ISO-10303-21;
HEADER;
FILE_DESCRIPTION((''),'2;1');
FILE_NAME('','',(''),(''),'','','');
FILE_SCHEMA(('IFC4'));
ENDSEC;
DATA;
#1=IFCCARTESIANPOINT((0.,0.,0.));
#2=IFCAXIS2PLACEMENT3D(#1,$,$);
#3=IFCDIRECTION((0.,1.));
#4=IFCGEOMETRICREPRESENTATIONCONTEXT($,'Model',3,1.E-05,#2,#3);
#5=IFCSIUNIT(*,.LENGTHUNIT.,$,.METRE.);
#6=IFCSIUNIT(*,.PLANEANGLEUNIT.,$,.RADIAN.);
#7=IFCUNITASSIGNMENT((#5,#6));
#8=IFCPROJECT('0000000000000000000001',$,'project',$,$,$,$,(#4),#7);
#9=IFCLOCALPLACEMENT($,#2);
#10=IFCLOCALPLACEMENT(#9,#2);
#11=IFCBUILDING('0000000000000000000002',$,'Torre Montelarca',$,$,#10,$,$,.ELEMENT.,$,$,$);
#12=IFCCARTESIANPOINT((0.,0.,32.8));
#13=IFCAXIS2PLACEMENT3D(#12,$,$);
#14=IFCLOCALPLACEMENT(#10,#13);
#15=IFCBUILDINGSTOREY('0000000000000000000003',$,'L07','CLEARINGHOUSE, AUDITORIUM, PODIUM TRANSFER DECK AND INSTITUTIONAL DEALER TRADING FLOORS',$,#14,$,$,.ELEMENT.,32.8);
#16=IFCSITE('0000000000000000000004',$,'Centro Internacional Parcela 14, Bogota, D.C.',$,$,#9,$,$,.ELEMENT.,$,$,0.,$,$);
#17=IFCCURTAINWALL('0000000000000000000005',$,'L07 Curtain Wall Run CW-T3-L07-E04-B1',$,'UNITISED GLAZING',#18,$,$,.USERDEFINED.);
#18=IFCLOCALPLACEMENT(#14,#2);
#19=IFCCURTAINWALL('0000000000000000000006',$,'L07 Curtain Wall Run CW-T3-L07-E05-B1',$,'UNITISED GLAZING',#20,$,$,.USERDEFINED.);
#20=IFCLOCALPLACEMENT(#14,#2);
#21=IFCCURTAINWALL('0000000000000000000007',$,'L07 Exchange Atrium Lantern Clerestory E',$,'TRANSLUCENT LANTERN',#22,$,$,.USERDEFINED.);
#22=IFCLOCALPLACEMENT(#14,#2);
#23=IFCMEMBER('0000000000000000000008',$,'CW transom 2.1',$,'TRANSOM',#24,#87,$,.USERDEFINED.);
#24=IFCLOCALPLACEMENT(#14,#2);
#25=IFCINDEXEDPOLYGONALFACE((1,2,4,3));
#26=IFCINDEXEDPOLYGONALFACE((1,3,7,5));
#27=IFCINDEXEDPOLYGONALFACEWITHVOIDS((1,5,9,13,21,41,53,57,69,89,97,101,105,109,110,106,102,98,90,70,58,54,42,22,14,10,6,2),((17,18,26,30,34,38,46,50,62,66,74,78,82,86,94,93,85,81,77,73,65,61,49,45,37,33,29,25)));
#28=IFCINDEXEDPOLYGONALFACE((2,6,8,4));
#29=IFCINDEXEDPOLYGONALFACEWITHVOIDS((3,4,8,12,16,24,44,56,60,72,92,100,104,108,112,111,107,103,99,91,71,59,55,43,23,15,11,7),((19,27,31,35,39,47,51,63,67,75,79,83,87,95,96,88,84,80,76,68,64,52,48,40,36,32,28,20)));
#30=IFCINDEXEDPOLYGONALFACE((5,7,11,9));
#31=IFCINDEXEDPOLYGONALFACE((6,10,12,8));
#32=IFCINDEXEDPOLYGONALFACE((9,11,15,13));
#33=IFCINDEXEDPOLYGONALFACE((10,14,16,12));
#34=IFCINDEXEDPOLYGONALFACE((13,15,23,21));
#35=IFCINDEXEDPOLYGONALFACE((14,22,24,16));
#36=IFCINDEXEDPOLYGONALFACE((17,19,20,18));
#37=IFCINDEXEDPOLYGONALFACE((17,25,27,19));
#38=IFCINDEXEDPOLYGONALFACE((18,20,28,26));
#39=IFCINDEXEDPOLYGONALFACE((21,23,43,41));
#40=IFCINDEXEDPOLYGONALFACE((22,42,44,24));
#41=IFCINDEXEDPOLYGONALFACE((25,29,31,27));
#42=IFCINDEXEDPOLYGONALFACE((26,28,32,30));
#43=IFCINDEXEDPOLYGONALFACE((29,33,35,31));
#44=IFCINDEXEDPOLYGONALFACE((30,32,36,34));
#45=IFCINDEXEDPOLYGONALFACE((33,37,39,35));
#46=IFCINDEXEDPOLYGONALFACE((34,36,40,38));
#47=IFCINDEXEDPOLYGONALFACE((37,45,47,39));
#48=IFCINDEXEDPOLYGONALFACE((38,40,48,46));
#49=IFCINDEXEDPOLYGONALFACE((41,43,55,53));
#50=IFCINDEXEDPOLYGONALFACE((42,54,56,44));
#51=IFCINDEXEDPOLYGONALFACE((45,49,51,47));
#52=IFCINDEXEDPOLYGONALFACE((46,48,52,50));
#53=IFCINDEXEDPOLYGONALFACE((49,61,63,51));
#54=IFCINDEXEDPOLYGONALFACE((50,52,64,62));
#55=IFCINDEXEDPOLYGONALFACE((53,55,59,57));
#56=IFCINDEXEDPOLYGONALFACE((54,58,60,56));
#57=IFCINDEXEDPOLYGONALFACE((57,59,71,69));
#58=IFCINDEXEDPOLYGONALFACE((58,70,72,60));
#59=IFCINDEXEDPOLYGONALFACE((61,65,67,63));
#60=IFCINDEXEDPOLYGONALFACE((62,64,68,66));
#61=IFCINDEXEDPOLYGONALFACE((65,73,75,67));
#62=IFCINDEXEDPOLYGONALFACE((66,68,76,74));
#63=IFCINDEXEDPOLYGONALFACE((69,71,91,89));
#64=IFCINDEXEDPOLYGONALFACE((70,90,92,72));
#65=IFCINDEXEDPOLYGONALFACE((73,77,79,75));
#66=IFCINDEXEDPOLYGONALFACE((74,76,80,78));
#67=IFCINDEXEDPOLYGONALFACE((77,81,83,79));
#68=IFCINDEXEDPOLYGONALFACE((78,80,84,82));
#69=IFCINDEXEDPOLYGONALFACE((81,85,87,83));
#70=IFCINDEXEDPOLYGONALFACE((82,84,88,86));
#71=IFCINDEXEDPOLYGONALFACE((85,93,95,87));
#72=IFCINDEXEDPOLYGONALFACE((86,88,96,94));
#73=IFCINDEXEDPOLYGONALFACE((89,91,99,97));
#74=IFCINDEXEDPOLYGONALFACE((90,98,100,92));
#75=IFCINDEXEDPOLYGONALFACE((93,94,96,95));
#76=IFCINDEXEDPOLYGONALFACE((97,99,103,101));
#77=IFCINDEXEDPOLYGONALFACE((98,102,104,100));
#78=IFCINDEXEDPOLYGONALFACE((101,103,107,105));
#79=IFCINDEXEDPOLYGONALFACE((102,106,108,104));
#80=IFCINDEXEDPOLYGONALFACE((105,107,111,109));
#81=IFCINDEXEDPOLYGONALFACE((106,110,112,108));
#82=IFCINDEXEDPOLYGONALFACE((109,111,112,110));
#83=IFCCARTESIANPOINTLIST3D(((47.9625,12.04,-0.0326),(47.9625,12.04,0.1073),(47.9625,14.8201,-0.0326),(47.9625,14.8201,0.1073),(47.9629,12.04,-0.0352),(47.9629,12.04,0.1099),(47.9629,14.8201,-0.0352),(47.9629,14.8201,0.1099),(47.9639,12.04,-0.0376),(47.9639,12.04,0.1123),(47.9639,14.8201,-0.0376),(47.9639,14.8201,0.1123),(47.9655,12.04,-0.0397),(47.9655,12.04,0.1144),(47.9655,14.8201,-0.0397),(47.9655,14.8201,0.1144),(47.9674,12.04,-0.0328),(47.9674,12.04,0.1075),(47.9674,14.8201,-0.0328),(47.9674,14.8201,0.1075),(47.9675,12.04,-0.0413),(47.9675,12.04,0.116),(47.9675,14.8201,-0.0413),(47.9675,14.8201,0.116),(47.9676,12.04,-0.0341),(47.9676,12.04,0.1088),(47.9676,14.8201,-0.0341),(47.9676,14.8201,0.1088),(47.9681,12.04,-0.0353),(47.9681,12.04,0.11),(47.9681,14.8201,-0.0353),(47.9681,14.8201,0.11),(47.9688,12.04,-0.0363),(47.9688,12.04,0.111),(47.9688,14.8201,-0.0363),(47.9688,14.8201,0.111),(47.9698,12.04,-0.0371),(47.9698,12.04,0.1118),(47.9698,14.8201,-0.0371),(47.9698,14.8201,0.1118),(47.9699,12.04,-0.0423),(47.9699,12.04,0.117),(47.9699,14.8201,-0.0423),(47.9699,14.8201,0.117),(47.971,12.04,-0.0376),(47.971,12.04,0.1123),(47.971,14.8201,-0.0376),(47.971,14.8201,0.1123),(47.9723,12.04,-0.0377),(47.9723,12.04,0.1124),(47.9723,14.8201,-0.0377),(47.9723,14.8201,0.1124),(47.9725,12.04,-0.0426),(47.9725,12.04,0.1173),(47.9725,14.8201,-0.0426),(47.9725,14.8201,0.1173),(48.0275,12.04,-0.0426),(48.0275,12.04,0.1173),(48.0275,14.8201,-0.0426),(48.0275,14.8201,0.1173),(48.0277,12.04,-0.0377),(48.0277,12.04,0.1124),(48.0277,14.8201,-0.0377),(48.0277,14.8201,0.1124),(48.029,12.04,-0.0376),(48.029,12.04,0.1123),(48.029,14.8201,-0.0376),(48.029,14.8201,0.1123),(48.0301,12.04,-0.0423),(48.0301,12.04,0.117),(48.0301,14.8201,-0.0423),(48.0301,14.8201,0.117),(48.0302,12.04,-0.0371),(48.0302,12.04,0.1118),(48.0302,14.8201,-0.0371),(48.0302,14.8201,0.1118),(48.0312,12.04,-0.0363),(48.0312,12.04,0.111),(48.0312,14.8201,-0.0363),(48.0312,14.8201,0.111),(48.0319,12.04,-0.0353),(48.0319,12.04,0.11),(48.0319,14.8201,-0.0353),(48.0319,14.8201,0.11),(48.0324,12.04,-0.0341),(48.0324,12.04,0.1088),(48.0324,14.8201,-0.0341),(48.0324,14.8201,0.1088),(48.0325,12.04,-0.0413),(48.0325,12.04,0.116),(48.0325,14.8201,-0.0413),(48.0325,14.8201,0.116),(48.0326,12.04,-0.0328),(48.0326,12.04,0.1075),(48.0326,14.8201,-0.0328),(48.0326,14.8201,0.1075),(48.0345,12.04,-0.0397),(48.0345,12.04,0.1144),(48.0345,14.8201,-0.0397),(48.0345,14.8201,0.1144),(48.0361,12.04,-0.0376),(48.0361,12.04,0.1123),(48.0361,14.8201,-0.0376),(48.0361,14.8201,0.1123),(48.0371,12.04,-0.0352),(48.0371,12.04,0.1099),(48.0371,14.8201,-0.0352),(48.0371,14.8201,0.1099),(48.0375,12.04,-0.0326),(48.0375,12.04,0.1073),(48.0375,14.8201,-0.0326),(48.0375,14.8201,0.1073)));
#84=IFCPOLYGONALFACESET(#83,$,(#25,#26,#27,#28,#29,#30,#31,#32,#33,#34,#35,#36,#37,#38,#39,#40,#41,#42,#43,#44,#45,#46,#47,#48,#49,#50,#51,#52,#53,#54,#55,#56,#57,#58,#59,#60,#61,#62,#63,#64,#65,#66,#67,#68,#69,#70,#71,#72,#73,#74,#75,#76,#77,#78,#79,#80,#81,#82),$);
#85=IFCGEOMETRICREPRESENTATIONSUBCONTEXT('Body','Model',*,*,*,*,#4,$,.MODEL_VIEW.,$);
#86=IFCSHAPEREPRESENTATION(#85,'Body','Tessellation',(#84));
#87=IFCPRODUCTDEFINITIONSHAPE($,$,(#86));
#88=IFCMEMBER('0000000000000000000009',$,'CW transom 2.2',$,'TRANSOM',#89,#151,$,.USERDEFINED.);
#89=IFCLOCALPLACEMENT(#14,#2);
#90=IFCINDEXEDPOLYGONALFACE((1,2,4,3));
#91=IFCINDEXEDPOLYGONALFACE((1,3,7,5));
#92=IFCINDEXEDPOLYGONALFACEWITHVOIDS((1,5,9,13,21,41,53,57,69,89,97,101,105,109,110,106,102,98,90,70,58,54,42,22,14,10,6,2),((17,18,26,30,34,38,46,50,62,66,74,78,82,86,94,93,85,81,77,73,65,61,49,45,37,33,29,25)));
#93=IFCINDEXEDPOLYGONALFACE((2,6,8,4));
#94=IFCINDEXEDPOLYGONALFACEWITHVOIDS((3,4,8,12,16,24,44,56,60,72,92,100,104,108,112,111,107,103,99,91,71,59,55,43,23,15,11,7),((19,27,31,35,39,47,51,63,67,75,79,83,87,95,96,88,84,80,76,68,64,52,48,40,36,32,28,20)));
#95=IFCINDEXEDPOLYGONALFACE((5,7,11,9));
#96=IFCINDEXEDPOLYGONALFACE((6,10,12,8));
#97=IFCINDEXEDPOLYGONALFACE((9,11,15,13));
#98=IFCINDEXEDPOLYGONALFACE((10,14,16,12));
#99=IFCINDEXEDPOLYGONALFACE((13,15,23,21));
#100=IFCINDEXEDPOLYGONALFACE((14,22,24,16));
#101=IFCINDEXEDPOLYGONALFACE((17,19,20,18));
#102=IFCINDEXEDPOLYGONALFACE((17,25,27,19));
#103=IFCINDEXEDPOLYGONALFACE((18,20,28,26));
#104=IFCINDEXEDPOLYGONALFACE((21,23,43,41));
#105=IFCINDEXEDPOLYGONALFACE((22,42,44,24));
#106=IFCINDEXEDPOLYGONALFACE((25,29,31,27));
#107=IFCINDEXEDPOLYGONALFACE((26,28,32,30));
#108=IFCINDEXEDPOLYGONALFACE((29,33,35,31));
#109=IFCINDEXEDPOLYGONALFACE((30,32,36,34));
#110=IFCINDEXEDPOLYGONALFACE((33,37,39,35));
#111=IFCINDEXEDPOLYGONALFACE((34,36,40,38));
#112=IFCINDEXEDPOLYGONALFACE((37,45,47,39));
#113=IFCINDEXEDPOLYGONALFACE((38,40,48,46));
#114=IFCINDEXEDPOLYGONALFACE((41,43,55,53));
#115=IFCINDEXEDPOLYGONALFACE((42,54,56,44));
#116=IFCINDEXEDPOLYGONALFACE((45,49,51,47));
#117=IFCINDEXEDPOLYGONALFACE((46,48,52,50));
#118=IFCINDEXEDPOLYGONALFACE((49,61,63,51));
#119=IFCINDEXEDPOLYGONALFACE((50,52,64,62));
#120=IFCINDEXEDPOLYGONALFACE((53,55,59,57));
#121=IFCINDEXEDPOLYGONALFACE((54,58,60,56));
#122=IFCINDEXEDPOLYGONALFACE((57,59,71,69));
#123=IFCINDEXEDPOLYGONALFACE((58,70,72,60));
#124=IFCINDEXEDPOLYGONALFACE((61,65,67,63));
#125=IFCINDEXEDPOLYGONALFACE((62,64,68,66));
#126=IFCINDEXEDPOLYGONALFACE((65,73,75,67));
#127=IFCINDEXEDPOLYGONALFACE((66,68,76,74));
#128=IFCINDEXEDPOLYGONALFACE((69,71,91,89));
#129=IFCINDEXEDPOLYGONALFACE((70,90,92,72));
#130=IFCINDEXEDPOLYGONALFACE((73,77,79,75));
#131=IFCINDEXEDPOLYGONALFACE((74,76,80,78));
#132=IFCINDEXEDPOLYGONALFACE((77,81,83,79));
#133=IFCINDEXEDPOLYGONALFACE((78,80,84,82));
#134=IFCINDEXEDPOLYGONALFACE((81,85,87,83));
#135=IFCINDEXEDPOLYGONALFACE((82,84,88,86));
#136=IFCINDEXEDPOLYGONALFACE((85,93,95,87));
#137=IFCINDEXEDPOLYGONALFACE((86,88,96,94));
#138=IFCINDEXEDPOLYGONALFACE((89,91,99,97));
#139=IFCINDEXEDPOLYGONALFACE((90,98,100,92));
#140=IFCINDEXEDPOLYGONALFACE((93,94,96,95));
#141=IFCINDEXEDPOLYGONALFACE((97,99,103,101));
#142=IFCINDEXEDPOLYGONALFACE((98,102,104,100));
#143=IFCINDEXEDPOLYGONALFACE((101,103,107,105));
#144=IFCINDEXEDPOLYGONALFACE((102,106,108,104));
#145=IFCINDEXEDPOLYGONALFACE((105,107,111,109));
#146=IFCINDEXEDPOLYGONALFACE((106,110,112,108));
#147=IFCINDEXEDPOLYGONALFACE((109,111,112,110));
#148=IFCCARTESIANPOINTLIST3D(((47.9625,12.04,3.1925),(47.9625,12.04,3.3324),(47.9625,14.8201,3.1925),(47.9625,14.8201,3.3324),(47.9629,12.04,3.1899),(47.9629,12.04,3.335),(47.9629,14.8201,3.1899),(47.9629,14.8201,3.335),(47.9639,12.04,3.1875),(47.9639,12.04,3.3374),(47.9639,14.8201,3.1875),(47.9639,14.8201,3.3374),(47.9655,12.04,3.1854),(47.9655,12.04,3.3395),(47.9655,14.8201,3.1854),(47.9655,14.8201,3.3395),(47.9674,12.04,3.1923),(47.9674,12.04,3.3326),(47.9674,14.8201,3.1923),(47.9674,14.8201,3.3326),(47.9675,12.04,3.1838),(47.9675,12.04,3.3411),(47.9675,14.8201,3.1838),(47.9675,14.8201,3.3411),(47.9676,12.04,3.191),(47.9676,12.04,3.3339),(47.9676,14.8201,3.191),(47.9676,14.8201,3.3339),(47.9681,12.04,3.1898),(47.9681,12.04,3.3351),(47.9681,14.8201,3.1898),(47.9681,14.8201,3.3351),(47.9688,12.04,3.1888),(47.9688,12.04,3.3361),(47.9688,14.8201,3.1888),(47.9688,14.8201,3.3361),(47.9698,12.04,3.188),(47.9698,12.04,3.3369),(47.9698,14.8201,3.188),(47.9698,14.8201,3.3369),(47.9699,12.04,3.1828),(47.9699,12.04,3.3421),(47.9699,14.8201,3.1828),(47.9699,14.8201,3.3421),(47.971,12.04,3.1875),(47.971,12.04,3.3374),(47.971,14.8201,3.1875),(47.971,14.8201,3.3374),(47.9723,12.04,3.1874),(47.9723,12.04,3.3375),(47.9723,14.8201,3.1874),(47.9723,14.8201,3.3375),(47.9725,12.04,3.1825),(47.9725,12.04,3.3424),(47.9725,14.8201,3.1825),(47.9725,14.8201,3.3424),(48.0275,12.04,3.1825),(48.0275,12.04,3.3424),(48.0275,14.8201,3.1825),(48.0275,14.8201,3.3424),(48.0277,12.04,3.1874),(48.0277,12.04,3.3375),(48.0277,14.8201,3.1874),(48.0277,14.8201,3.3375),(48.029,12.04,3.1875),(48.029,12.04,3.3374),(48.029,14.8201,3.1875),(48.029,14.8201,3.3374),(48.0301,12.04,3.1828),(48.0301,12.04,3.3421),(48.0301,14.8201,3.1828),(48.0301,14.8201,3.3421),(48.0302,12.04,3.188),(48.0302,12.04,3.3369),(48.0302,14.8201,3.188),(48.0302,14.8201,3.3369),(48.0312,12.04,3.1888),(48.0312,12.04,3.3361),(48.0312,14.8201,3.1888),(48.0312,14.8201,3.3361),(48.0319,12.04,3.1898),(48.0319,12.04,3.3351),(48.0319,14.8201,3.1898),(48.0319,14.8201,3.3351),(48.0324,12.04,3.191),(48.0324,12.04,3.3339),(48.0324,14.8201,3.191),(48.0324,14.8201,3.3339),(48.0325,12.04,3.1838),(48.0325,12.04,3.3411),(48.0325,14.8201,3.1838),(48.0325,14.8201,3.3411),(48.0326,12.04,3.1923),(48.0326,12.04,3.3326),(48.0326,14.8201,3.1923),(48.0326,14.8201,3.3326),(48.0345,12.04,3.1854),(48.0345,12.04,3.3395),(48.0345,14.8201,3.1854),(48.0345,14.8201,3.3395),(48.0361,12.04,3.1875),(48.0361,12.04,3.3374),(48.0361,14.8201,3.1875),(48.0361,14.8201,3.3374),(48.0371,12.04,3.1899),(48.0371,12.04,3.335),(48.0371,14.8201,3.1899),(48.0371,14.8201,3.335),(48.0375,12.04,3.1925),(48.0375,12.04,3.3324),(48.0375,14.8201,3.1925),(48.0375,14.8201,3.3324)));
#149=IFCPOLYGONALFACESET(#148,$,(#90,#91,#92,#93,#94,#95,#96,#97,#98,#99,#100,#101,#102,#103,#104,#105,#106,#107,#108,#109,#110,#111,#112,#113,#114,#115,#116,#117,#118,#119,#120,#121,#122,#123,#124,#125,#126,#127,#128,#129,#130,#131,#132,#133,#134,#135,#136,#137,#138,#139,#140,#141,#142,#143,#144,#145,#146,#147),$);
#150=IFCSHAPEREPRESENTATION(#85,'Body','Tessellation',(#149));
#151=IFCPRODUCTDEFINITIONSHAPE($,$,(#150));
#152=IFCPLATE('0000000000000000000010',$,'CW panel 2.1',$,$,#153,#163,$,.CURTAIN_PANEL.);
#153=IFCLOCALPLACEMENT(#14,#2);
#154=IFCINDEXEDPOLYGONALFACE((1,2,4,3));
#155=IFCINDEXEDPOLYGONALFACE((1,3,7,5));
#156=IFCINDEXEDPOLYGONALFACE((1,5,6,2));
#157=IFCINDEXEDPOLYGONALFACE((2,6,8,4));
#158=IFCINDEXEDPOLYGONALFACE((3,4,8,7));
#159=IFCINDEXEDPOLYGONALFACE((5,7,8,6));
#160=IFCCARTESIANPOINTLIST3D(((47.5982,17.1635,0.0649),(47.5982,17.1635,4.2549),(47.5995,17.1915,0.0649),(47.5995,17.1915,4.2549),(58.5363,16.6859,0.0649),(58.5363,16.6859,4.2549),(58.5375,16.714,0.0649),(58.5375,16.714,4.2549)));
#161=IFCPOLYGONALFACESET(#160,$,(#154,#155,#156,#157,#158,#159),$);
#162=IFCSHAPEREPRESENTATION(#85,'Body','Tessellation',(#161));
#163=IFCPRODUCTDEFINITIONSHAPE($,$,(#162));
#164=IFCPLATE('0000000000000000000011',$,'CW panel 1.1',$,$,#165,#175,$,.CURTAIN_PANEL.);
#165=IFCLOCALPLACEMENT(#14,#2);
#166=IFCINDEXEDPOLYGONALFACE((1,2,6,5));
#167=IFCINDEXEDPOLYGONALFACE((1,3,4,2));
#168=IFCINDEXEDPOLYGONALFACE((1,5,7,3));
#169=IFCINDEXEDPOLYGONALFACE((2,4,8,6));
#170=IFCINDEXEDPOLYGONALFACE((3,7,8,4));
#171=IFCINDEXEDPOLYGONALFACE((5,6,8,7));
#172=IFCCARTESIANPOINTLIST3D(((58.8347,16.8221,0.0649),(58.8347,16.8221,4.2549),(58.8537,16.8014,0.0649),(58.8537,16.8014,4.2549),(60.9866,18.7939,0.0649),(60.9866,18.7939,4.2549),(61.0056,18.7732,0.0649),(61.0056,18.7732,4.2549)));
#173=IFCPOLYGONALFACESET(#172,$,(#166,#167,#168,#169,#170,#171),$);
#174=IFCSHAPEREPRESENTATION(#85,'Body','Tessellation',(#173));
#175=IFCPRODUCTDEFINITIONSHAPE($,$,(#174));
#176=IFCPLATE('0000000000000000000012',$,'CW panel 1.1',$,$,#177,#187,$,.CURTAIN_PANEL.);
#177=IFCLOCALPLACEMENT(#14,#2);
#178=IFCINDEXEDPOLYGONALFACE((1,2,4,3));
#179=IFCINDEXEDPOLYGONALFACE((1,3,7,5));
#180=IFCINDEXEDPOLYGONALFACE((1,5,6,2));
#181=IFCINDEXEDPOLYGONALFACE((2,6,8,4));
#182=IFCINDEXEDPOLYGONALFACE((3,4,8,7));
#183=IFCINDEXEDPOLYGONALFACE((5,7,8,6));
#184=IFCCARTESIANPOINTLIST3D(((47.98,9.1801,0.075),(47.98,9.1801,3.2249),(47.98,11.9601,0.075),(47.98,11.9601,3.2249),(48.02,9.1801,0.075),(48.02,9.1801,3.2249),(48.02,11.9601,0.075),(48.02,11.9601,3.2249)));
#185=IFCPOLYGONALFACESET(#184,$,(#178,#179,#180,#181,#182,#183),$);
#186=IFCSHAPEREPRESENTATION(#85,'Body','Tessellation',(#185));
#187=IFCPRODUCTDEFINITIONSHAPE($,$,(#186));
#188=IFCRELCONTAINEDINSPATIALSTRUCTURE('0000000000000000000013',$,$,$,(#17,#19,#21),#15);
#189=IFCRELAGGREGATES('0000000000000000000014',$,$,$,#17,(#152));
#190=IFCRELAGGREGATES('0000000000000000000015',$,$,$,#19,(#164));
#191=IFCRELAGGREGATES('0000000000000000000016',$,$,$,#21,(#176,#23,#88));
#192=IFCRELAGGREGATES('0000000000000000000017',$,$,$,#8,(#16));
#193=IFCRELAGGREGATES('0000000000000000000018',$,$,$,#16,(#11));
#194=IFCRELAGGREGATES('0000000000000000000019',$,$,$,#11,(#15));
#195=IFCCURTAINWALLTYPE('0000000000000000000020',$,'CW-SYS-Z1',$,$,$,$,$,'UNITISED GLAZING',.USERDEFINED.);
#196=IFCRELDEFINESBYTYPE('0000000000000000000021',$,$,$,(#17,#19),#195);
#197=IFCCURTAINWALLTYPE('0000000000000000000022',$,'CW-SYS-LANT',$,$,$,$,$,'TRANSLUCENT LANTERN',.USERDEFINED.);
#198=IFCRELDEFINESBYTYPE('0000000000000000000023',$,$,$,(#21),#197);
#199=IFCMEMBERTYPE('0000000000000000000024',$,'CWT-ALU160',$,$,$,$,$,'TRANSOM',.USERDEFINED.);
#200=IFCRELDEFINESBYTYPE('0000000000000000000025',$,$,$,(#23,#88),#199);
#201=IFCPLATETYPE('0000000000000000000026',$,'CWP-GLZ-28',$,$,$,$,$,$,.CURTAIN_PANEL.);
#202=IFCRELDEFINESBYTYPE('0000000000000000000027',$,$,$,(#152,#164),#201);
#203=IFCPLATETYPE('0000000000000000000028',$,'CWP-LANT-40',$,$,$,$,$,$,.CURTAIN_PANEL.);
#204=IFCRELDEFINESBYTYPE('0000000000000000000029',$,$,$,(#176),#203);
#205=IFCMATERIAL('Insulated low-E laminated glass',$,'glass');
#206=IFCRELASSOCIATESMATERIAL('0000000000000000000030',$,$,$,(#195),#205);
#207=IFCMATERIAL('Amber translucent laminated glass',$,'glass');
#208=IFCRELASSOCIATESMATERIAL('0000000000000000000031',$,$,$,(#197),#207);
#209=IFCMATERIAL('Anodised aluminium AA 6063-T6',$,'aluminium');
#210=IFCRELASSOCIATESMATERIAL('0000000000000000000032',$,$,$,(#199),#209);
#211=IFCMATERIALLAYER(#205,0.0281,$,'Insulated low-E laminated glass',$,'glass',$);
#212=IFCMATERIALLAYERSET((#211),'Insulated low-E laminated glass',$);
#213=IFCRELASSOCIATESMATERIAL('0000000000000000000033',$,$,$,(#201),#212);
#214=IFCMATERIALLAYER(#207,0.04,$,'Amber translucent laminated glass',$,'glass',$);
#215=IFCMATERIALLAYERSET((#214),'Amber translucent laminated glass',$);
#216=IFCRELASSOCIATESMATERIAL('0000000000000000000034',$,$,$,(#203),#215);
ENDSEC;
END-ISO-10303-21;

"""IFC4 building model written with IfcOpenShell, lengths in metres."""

from ifc_helpers import new_model, si_unit, direction, frame, origin, origin_2d, place, context, subcontext, project, spatial, rectangle, hollow_rectangle, extrude, source, transform, mapped, material, layer, layer_set, material_profile, profile_set, type_object, element, aggregate, save


model = new_model("IFC4")

# Units and contexts
model_context = context("Model", 3, precision=1e-05, world=origin(), true_north=direction((0.0, 1.0)))
body_context = subcontext(model_context, "Body", "Model", "MODEL_VIEW")
ifc_project = project(units=[si_unit("LENGTHUNIT", "METRE"), si_unit("PLANEANGLEUNIT", "RADIAN")], contexts=[model_context])

# Site, building, storey
site_placement = place(None, origin())
site = spatial("IfcSite", under=ifc_project, at=site_placement, Name="Centro Internacional Parcela 14, Bogota, D.C.", CompositionType="ELEMENT", RefElevation=0.0)
building_placement = place(site_placement, origin())
building = spatial("IfcBuilding", under=site, at=building_placement, Name="Torre Montelarca", CompositionType="ELEMENT")
storey_placement = place(building_placement, frame((0.0, 0.0, 32.8)))
storey = spatial("IfcBuildingStorey", under=building, at=storey_placement, Name="L07", Description="CLEARINGHOUSE, AUDITORIUM, PODIUM TRANSFER DECK AND INSTITUTIONAL DEALER TRADING FLOORS", CompositionType="ELEMENT", Elevation=32.8)

# Curtain wall
ifc_material_1 = material(Name="Insulated low-E laminated glass", Category="glass")
curtain_wall_type_1 = type_object("IfcCurtainWallType", Name="CW-SYS-Z1", ElementType="UNITISED GLAZING", PredefinedType="USERDEFINED", material=ifc_material_1)
curtain_wall_1_placement = place(storey_placement, origin())
curtain_wall_1 = element("IfcCurtainWall", 1, at=curtain_wall_1_placement, inside=storey, type_object=curtain_wall_type_1, Name="L07 Curtain Wall Run CW-T3-L07-E04-B1", ObjectType="UNITISED GLAZING", PredefinedType="USERDEFINED")
ifc_material_2 = material(Name="Anodised aluminium AA 6063-T6", Category="aluminium")

# Curtain walls, members
curtain_wall_2_placement = place(storey_placement, origin())
curtain_wall_2 = element("IfcCurtainWall", 2, at=curtain_wall_2_placement, inside=storey, type_object=curtain_wall_type_1, Name="L07 Curtain Wall Run CW-T3-L07-E05-B1", ObjectType="UNITISED GLAZING", PredefinedType="USERDEFINED")
ifc_material_3 = material(Name="Amber translucent laminated glass", Category="glass")
curtain_wall_type_2 = type_object("IfcCurtainWallType", Name="CW-SYS-LANT", ElementType="TRANSLUCENT LANTERN", PredefinedType="USERDEFINED", material=ifc_material_3)
curtain_wall_3_placement = place(storey_placement, origin())
curtain_wall_3 = element("IfcCurtainWall", 3, at=curtain_wall_3_placement, inside=storey, type_object=curtain_wall_type_2, Name="L07 Exchange Atrium Lantern Clerestory E", ObjectType="TRANSLUCENT LANTERN", PredefinedType="USERDEFINED")
ifc_material_profile_1 = material_profile(ifc_material_2, hollow_rectangle(XDim=0.075, YDim=0.1599, WallThickness=0.0049, InnerFilletRadius=0.0049, OuterFilletRadius=0.01, at=origin_2d()), Name="ALU75X160X5", Category="aluminium")
ifc_profile_set_1 = profile_set([ifc_material_profile_1], Name="Anodised aluminium AA 6063-T6")
member_type_1 = type_object("IfcMemberType", Name="CWT-ALU160", ElementType="TRANSOM", PredefinedType="USERDEFINED", material=ifc_profile_set_1)
shared_shape_1 = source(origin(), body_context, "Body", "SweptSolid", [
    extrude(hollow_rectangle(XDim=0.075, YDim=0.1599, WallThickness=0.0049, InnerFilletRadius=0.0049, OuterFilletRadius=0.01, at=origin_2d()), origin(), (0.0, 0.0, 1.0), 2.78),
])
member_1_placement = place(storey_placement, frame((48.0, 12.04, 0.0374), z_axis=(0.0, 1.0, 0.0), x_axis=(-1.0, 0.0, 0.0)))
member_1 = element("IfcMember", 4, at=member_1_placement, type_object=member_type_1, Name="CW transom 2.1", ObjectType="TRANSOM", PredefinedType="USERDEFINED", context=body_context, shape_type="MappedRepresentation", body=[
    mapped(shared_shape_1, transform((0.0, 0.0, 0.0), scale=1.0)),
])
member_2_placement = place(storey_placement, frame((48.0, 12.04, 3.2625), z_axis=(0.0, 1.0, 0.0), x_axis=(-1.0, 0.0, 0.0)))
member_2 = element("IfcMember", 5, at=member_2_placement, type_object=member_type_1, Name="CW transom 2.2", ObjectType="TRANSOM", PredefinedType="USERDEFINED", context=body_context, shape_type="MappedRepresentation", body=[
    mapped(shared_shape_1, transform((0.0, 0.0, 0.0), scale=1.0)),
])

# Plates
ifc_layer_1 = layer(ifc_material_1, 0.0281, Name="Insulated low-E laminated glass", Category="glass")
ifc_layer_set_1 = layer_set([ifc_layer_1], Name="Insulated low-E laminated glass")
plate_type_1 = type_object("IfcPlateType", Name="CWP-GLZ-28", PredefinedType="CURTAIN_PANEL", material=ifc_layer_set_1)
shared_shape_2 = source(origin(), body_context, "Body", "SweptSolid", [
    extrude(rectangle(XDim=10.9485, YDim=0.0281, at=origin_2d()), origin(), (0.0, 0.0, 1.0), 4.1899),
])
plate_1_placement = place(storey_placement, frame((53.0679, 16.9387, 0.0649), z_axis=(0.0, 0.0, 1.0), x_axis=(0.999048, -0.043617, 0.0)))
plate_1 = element("IfcPlate", 6, at=plate_1_placement, type_object=plate_type_1, Name="CW panel 2.1", PredefinedType="CURTAIN_PANEL", context=body_context, shape_type="MappedRepresentation", body=[
    mapped(shared_shape_2, transform((0.0, 0.0, 0.0), scale=1.0)),
])
aggregate(curtain_wall_1, [plate_1])
shared_shape_3 = source(origin(), body_context, "Body", "SweptSolid", [
    extrude(rectangle(XDim=2.9187, YDim=0.0281, at=origin_2d()), origin(), (0.0, 0.0, 1.0), 4.1899),
])
plate_2_placement = place(storey_placement, frame((59.9202, 17.7976, 0.0649), z_axis=(0.0, 0.0, 1.0), x_axis=(0.737292, 0.675574, 0.0)))
plate_2 = element("IfcPlate", 7, at=plate_2_placement, type_object=plate_type_1, Name="CW panel 1.1", PredefinedType="CURTAIN_PANEL", context=body_context, shape_type="MappedRepresentation", body=[
    mapped(shared_shape_3, transform((0.0, 0.0, 0.0), scale=1.0)),
])
aggregate(curtain_wall_2, [plate_2])
ifc_layer_2 = layer(ifc_material_3, 0.04, Name="Amber translucent laminated glass", Category="glass")
ifc_layer_set_2 = layer_set([ifc_layer_2], Name="Amber translucent laminated glass")
plate_type_2 = type_object("IfcPlateType", Name="CWP-LANT-40", PredefinedType="CURTAIN_PANEL", material=ifc_layer_set_2)
shared_shape_4 = source(origin(), body_context, "Body", "SweptSolid", [
    extrude(rectangle(XDim=2.78, YDim=0.04, at=origin_2d()), origin(), (0.0, 0.0, 1.0), 3.1499),
])
plate_3_placement = place(storey_placement, frame((48.0, 10.5701, 0.075), z_axis=(0.0, 0.0, 1.0), x_axis=(0.0, 1.0, 0.0)))
plate_3 = element("IfcPlate", 8, at=plate_3_placement, type_object=plate_type_2, Name="CW panel 1.1", PredefinedType="CURTAIN_PANEL", context=body_context, shape_type="MappedRepresentation", body=[
    mapped(shared_shape_4, transform((0.0, 0.0, 0.0), scale=1.0)),
])
aggregate(curtain_wall_3, [plate_3, member_1, member_2])

save(model, "model.ifc")
